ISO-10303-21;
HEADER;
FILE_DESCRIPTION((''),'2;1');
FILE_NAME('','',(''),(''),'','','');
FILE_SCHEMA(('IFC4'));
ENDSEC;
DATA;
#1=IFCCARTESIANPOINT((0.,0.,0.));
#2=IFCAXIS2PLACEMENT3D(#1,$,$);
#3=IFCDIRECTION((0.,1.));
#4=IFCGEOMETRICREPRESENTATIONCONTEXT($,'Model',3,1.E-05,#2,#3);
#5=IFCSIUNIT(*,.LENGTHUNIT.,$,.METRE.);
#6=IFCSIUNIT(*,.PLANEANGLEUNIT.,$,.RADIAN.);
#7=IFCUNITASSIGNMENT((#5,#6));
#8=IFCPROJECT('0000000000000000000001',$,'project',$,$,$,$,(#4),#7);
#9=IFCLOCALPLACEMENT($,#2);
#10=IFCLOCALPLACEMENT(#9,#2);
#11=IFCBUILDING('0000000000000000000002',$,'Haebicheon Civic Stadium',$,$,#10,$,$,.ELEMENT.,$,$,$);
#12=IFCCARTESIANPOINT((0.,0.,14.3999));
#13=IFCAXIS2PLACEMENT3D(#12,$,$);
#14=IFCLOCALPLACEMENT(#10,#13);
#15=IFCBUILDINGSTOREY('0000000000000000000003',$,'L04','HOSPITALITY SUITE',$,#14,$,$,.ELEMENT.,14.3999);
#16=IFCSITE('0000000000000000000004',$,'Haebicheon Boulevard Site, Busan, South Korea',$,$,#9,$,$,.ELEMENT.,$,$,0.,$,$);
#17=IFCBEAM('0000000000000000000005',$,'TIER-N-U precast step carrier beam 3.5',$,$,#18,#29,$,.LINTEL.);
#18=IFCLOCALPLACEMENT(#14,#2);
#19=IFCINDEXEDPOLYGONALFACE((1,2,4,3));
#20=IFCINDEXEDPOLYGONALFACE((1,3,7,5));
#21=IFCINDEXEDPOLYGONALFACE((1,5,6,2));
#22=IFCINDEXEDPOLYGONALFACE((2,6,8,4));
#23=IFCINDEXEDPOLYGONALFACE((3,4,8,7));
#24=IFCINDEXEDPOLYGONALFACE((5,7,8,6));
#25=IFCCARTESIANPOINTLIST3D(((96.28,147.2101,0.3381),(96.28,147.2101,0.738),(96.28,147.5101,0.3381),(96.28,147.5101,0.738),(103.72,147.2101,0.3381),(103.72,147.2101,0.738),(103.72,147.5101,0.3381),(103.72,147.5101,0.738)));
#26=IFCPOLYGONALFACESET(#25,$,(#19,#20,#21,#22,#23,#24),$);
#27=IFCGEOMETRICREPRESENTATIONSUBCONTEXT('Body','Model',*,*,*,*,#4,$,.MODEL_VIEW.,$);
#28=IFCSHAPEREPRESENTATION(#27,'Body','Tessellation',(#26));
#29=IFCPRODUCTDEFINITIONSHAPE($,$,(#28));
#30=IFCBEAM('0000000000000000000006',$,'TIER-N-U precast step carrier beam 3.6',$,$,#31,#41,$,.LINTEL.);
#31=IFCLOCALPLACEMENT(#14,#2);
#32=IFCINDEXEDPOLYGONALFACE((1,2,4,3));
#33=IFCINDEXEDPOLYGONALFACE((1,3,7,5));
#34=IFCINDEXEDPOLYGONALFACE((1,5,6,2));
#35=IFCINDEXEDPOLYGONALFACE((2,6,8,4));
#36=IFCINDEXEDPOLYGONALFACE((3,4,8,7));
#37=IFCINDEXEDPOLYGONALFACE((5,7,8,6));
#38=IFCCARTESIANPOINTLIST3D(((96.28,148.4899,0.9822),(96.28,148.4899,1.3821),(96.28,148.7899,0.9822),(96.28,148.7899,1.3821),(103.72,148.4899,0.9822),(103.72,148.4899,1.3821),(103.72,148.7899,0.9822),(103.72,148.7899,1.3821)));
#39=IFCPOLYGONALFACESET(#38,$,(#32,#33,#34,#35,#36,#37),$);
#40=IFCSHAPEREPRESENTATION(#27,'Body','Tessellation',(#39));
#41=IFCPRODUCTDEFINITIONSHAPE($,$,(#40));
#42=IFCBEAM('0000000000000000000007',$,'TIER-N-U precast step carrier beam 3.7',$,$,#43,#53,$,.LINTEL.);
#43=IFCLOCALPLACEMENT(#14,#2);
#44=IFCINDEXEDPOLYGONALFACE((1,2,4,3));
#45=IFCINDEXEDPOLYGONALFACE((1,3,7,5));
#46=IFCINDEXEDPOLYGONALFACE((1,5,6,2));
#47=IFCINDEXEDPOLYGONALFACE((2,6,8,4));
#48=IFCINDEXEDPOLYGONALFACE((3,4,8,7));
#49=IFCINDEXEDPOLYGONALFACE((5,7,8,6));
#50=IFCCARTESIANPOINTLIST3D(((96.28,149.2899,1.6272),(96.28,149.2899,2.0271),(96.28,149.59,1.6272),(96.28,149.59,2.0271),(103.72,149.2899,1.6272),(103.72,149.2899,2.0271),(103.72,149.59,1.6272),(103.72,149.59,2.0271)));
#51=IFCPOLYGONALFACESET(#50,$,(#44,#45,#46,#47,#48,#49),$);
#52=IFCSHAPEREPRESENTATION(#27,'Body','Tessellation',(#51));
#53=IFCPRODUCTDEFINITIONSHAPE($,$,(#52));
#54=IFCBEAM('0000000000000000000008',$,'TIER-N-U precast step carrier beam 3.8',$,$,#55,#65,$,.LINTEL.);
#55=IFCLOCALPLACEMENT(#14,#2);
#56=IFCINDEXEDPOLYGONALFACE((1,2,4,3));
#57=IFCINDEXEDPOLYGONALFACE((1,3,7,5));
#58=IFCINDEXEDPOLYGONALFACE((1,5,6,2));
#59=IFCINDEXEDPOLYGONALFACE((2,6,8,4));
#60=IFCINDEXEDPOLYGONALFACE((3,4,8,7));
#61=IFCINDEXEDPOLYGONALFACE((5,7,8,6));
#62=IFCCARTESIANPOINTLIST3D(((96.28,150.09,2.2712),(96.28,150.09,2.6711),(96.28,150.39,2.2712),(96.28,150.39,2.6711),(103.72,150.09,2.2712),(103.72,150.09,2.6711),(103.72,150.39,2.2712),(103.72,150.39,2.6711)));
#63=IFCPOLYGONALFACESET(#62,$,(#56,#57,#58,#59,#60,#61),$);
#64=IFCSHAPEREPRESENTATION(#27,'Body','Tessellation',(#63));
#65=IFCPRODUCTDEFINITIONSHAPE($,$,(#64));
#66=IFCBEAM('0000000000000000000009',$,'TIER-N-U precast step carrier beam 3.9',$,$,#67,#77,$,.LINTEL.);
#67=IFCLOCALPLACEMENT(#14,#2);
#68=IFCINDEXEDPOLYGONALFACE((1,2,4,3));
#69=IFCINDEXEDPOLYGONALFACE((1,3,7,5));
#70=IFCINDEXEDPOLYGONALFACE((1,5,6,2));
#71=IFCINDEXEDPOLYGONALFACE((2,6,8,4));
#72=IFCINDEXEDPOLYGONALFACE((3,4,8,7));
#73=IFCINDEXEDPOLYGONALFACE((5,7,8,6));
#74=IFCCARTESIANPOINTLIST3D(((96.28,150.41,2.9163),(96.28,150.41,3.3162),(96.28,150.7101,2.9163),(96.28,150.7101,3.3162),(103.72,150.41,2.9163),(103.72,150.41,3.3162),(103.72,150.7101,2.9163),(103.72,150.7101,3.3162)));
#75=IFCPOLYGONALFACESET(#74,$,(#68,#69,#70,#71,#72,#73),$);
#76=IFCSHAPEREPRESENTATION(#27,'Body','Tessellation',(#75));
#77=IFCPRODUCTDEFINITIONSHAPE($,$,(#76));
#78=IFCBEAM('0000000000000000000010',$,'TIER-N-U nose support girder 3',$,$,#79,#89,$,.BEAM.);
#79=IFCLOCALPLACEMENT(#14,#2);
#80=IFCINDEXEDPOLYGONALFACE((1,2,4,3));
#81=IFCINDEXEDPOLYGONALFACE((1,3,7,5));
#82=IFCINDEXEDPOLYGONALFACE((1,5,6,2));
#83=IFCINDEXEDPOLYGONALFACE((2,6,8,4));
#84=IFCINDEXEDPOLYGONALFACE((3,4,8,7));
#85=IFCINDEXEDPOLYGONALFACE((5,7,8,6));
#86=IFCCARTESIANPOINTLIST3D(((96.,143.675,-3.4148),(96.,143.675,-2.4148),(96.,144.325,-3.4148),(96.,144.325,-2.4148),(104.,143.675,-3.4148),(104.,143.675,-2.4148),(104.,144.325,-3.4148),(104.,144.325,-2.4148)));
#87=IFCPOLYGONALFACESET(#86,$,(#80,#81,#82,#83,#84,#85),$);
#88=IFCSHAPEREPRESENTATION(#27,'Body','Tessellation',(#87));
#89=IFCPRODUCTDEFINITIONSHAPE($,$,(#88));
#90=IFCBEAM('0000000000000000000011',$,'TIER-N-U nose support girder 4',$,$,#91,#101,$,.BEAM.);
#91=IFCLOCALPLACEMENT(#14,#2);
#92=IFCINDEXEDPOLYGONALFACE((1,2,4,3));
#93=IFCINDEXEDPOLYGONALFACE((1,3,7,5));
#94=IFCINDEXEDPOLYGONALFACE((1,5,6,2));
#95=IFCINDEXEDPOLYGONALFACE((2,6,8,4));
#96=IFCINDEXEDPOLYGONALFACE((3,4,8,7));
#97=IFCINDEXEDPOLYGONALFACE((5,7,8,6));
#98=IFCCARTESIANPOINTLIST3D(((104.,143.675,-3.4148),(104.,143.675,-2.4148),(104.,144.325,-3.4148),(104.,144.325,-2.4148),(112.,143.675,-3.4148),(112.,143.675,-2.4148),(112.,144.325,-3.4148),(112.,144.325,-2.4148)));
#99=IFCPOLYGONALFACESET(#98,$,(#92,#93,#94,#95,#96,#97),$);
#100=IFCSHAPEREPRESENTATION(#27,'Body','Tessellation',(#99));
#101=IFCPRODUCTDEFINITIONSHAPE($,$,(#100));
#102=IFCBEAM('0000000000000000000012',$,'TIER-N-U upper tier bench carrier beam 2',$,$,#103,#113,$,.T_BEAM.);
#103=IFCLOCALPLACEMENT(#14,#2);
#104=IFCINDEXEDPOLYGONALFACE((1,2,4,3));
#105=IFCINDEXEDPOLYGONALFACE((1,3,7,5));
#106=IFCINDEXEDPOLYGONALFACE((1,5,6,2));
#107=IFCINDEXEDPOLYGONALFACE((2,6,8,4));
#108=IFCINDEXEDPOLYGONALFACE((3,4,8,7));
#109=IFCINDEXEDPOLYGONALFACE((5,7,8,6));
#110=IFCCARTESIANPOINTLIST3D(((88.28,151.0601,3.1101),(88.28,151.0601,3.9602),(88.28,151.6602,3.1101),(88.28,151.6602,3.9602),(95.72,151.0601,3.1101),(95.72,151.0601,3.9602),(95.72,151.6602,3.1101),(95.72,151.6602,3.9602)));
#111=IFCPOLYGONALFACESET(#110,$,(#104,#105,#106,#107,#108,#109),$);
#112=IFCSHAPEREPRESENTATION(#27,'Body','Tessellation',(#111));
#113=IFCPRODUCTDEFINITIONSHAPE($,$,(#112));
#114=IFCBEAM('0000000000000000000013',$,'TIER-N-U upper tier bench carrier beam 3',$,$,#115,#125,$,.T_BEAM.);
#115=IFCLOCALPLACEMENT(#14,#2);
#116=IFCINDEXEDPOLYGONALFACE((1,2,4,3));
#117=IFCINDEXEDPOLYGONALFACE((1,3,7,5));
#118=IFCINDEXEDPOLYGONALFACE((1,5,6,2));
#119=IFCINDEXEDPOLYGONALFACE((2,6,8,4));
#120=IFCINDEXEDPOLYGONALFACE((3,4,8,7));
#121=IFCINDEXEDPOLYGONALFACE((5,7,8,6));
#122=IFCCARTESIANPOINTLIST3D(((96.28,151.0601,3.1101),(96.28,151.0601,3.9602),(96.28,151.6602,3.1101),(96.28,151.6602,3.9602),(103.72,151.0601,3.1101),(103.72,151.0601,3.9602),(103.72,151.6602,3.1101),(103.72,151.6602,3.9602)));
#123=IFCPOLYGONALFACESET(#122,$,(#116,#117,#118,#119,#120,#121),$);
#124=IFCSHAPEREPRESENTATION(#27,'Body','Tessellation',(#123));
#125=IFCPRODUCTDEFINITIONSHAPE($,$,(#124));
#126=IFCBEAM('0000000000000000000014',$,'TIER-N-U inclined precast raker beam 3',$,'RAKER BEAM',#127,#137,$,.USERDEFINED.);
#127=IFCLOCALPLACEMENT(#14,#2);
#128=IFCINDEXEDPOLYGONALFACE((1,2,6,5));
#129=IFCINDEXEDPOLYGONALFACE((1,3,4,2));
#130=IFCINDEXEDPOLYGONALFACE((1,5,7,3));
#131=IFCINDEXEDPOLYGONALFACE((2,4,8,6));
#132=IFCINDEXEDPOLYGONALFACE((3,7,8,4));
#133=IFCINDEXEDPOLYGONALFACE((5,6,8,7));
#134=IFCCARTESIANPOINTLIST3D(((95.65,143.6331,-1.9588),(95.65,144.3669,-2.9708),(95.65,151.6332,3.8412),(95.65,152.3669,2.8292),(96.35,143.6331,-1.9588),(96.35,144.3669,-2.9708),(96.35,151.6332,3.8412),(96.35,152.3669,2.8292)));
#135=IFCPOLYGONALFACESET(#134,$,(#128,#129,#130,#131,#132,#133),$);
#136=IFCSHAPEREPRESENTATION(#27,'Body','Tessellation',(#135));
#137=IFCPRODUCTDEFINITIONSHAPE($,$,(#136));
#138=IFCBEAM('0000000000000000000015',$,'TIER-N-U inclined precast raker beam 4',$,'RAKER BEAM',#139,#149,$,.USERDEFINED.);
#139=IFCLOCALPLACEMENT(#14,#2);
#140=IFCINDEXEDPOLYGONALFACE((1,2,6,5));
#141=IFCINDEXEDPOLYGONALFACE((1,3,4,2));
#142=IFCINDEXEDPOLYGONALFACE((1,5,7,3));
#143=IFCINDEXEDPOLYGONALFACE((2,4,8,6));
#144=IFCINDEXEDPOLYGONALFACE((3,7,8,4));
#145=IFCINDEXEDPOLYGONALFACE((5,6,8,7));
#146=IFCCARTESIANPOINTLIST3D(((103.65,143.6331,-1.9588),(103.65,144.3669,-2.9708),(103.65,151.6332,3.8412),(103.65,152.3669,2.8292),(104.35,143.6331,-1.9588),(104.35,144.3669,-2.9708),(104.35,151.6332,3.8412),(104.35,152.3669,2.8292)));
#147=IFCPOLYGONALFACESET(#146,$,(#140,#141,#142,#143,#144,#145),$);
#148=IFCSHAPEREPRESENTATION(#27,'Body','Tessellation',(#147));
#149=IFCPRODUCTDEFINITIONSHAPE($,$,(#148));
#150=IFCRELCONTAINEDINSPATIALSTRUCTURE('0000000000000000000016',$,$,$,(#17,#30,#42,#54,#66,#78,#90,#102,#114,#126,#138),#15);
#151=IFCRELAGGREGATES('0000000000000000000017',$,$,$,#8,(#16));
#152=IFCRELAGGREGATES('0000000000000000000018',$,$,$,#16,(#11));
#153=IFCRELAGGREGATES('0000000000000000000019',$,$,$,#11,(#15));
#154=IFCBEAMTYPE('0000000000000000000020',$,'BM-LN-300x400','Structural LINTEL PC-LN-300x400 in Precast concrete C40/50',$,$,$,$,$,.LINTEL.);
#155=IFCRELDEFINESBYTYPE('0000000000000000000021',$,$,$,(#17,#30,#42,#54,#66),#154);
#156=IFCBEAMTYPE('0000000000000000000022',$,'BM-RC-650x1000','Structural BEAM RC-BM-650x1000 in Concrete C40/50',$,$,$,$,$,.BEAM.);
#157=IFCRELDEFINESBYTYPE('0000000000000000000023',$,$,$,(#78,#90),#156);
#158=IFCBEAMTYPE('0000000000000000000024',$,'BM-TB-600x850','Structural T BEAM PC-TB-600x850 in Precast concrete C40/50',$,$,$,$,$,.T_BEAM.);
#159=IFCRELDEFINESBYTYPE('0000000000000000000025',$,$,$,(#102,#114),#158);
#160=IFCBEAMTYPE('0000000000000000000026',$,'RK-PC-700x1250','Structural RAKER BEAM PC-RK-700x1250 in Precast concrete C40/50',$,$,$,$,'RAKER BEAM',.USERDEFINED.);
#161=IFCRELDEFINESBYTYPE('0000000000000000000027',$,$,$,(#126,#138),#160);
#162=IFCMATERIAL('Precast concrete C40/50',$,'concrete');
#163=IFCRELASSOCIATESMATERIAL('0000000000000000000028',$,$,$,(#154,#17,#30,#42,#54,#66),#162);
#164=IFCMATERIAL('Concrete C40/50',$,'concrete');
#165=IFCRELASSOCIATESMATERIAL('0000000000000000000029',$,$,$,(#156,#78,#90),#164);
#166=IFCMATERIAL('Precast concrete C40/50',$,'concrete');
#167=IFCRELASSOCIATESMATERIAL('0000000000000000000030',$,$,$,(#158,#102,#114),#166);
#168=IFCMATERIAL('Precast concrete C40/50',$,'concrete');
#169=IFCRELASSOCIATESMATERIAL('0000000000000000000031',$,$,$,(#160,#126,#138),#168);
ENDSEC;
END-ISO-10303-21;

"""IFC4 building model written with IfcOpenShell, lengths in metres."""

from ifc_helpers import new_model, si_unit, direction, frame, origin, origin_2d, place, context, subcontext, project, spatial, rectangle, extrude, material, material_profile, profile_set, type_object, element, save


model = new_model("IFC4")

# Units and contexts
model_context = context("Model", 3, precision=1e-05, world=origin(), true_north=direction((0.0, 1.0)))
body_context = subcontext(model_context, "Body", "Model", "MODEL_VIEW")
ifc_project = project(units=[si_unit("LENGTHUNIT", "METRE"), si_unit("PLANEANGLEUNIT", "RADIAN")], contexts=[model_context])

# Site, building, storey
site_placement = place(None, origin())
site = spatial("IfcSite", under=ifc_project, at=site_placement, Name="Haebicheon Boulevard Site, Busan, South Korea", CompositionType="ELEMENT", RefElevation=0.0)
building_placement = place(site_placement, origin())
building = spatial("IfcBuilding", under=site, at=building_placement, Name="Haebicheon Civic Stadium", CompositionType="ELEMENT")
storey_placement = place(building_placement, frame((0.0, 0.0, 14.3999)))
storey = spatial("IfcBuildingStorey", under=building, at=storey_placement, Name="L04", Description="HOSPITALITY SUITE", CompositionType="ELEMENT", Elevation=14.3999)

# Beams
ifc_material_1 = material(Name="Precast concrete C40/50", Category="concrete")
ifc_material_profile_1 = material_profile(ifc_material_1, rectangle(XDim=0.3, YDim=0.3999, at=origin_2d()), Name="PC-LN-300x400")
ifc_profile_set_1 = profile_set([ifc_material_profile_1], Name="Precast concrete C40/50")
beam_type_1 = type_object("IfcBeamType", Name="BM-LN-300x400", Description="Structural LINTEL PC-LN-300x400 in Precast concrete C40/50", PredefinedType="LINTEL", material=ifc_profile_set_1)
for number, where, z_axis, x_axis, name in (
    (1, (96.28, 147.3601, 0.5381), (1.0, 0.0, 0.0), (0.0, 1.0, 0.0), "TIER-N-U precast step carrier beam 3.5"),
    (2, (96.28, 148.6399, 1.1821), (1.0, 0.0, 0.0), (0.0, 1.0, 0.0), "TIER-N-U precast step carrier beam 3.6"),
    (3, (96.28, 149.4399, 1.8271), (1.0, 0.0, 0.0), (0.0, 1.0, 0.0), "TIER-N-U precast step carrier beam 3.7"),
    (4, (96.28, 150.24, 2.4712), (1.0, 0.0, 0.0), (0.0, 1.0, 0.0), "TIER-N-U precast step carrier beam 3.8"),
    (5, (96.28, 150.5601, 3.1162), (1.0, 0.0, 0.0), (0.0, 1.0, 0.0), "TIER-N-U precast step carrier beam 3.9"),
):
    element("IfcBeam", number, at=place(storey_placement, frame(where, z_axis=z_axis, x_axis=x_axis)), inside=storey, type_object=beam_type_1, material=ifc_profile_set_1, Name=name, PredefinedType="LINTEL", context=body_context, shape_type="SweptSolid", body=[
        extrude(rectangle(XDim=0.3, YDim=0.3999, at=origin_2d()), origin(), (0.0, 0.0, 1.0), 7.4399),
    ])
ifc_material_2 = material(Name="Concrete C40/50", Category="concrete")
ifc_material_profile_2 = material_profile(ifc_material_2, rectangle(XDim=0.6499, YDim=1.0, at=origin_2d()), Name="RC-BM-650x1000")
ifc_profile_set_2 = profile_set([ifc_material_profile_2], Name="Concrete C40/50")
beam_type_2 = type_object("IfcBeamType", Name="BM-RC-650x1000", Description="Structural BEAM RC-BM-650x1000 in Concrete C40/50", PredefinedType="BEAM", material=ifc_profile_set_2)
for number, where, z_axis, x_axis, name in (
    (6, (96.0, 144.0, -2.9148), (1.0, 0.0, 0.0), (0.0, 1.0, 0.0), "TIER-N-U nose support girder 3"),
    (7, (104.0, 144.0, -2.9148), (1.0, 0.0, 0.0), (0.0, 1.0, 0.0), "TIER-N-U nose support girder 4"),
):
    element("IfcBeam", number, at=place(storey_placement, frame(where, z_axis=z_axis, x_axis=x_axis)), inside=storey, type_object=beam_type_2, material=ifc_profile_set_2, Name=name, PredefinedType="BEAM", context=body_context, shape_type="SweptSolid", body=[
        extrude(rectangle(XDim=0.6499, YDim=1.0, at=origin_2d()), origin(), (0.0, 0.0, 1.0), 8.0),
    ])
ifc_material_3 = material(Name="Precast concrete C40/50", Category="concrete")
ifc_material_profile_3 = material_profile(ifc_material_3, rectangle(XDim=0.6001, YDim=0.8501, at=origin_2d()), Name="PC-TB-600x850")
ifc_profile_set_3 = profile_set([ifc_material_profile_3], Name="Precast concrete C40/50")
beam_type_3 = type_object("IfcBeamType", Name="BM-TB-600x850", Description="Structural T BEAM PC-TB-600x850 in Precast concrete C40/50", PredefinedType="T_BEAM", material=ifc_profile_set_3)
for number, where, z_axis, x_axis, name in (
    (8, (88.28, 151.3601, 3.5352), (1.0, 0.0, 0.0), (0.0, 1.0, 0.0), "TIER-N-U upper tier bench carrier beam 2"),
    (9, (96.28, 151.3601, 3.5352), (1.0, 0.0, 0.0), (0.0, 1.0, 0.0), "TIER-N-U upper tier bench carrier beam 3"),
):
    element("IfcBeam", number, at=place(storey_placement, frame(where, z_axis=z_axis, x_axis=x_axis)), inside=storey, type_object=beam_type_3, material=ifc_profile_set_3, Name=name, PredefinedType="T_BEAM", context=body_context, shape_type="SweptSolid", body=[
        extrude(rectangle(XDim=0.6001, YDim=0.8501, at=origin_2d()), origin(), (0.0, 0.0, 1.0), 7.4399),
    ])
ifc_material_4 = material(Name="Precast concrete C40/50", Category="concrete")
ifc_material_profile_4 = material_profile(ifc_material_4, rectangle(XDim=0.7, YDim=1.25, at=origin_2d()), Name="PC-RK-700x1250")
ifc_profile_set_4 = profile_set([ifc_material_profile_4], Name="Precast concrete C40/50")
beam_type_4 = type_object("IfcBeamType", Name="RK-PC-700x1250", Description="Structural RAKER BEAM PC-RK-700x1250 in Precast concrete C40/50", ElementType="RAKER BEAM", PredefinedType="USERDEFINED", material=ifc_profile_set_4)
for number, where, z_axis, x_axis, name in (
    (10, (96.0, 144.0, -2.4648), (0.0, 0.809608, 0.586971), (-1.0, 0.0, 0.0), "TIER-N-U inclined precast raker beam 3"),
    (11, (104.0, 144.0, -2.4648), (0.0, 0.809608, 0.586971), (-1.0, 0.0, 0.0), "TIER-N-U inclined precast raker beam 4"),
):
    element("IfcBeam", number, at=place(storey_placement, frame(where, z_axis=z_axis, x_axis=x_axis)), inside=storey, type_object=beam_type_4, material=ifc_profile_set_4, Name=name, ObjectType="RAKER BEAM", PredefinedType="USERDEFINED", context=body_context, shape_type="SweptSolid", body=[
        extrude(rectangle(XDim=0.7, YDim=1.25, at=origin_2d()), origin(), (0.0, 0.0, 1.0), 9.8813),
    ])

save(model, "model.ifc")
